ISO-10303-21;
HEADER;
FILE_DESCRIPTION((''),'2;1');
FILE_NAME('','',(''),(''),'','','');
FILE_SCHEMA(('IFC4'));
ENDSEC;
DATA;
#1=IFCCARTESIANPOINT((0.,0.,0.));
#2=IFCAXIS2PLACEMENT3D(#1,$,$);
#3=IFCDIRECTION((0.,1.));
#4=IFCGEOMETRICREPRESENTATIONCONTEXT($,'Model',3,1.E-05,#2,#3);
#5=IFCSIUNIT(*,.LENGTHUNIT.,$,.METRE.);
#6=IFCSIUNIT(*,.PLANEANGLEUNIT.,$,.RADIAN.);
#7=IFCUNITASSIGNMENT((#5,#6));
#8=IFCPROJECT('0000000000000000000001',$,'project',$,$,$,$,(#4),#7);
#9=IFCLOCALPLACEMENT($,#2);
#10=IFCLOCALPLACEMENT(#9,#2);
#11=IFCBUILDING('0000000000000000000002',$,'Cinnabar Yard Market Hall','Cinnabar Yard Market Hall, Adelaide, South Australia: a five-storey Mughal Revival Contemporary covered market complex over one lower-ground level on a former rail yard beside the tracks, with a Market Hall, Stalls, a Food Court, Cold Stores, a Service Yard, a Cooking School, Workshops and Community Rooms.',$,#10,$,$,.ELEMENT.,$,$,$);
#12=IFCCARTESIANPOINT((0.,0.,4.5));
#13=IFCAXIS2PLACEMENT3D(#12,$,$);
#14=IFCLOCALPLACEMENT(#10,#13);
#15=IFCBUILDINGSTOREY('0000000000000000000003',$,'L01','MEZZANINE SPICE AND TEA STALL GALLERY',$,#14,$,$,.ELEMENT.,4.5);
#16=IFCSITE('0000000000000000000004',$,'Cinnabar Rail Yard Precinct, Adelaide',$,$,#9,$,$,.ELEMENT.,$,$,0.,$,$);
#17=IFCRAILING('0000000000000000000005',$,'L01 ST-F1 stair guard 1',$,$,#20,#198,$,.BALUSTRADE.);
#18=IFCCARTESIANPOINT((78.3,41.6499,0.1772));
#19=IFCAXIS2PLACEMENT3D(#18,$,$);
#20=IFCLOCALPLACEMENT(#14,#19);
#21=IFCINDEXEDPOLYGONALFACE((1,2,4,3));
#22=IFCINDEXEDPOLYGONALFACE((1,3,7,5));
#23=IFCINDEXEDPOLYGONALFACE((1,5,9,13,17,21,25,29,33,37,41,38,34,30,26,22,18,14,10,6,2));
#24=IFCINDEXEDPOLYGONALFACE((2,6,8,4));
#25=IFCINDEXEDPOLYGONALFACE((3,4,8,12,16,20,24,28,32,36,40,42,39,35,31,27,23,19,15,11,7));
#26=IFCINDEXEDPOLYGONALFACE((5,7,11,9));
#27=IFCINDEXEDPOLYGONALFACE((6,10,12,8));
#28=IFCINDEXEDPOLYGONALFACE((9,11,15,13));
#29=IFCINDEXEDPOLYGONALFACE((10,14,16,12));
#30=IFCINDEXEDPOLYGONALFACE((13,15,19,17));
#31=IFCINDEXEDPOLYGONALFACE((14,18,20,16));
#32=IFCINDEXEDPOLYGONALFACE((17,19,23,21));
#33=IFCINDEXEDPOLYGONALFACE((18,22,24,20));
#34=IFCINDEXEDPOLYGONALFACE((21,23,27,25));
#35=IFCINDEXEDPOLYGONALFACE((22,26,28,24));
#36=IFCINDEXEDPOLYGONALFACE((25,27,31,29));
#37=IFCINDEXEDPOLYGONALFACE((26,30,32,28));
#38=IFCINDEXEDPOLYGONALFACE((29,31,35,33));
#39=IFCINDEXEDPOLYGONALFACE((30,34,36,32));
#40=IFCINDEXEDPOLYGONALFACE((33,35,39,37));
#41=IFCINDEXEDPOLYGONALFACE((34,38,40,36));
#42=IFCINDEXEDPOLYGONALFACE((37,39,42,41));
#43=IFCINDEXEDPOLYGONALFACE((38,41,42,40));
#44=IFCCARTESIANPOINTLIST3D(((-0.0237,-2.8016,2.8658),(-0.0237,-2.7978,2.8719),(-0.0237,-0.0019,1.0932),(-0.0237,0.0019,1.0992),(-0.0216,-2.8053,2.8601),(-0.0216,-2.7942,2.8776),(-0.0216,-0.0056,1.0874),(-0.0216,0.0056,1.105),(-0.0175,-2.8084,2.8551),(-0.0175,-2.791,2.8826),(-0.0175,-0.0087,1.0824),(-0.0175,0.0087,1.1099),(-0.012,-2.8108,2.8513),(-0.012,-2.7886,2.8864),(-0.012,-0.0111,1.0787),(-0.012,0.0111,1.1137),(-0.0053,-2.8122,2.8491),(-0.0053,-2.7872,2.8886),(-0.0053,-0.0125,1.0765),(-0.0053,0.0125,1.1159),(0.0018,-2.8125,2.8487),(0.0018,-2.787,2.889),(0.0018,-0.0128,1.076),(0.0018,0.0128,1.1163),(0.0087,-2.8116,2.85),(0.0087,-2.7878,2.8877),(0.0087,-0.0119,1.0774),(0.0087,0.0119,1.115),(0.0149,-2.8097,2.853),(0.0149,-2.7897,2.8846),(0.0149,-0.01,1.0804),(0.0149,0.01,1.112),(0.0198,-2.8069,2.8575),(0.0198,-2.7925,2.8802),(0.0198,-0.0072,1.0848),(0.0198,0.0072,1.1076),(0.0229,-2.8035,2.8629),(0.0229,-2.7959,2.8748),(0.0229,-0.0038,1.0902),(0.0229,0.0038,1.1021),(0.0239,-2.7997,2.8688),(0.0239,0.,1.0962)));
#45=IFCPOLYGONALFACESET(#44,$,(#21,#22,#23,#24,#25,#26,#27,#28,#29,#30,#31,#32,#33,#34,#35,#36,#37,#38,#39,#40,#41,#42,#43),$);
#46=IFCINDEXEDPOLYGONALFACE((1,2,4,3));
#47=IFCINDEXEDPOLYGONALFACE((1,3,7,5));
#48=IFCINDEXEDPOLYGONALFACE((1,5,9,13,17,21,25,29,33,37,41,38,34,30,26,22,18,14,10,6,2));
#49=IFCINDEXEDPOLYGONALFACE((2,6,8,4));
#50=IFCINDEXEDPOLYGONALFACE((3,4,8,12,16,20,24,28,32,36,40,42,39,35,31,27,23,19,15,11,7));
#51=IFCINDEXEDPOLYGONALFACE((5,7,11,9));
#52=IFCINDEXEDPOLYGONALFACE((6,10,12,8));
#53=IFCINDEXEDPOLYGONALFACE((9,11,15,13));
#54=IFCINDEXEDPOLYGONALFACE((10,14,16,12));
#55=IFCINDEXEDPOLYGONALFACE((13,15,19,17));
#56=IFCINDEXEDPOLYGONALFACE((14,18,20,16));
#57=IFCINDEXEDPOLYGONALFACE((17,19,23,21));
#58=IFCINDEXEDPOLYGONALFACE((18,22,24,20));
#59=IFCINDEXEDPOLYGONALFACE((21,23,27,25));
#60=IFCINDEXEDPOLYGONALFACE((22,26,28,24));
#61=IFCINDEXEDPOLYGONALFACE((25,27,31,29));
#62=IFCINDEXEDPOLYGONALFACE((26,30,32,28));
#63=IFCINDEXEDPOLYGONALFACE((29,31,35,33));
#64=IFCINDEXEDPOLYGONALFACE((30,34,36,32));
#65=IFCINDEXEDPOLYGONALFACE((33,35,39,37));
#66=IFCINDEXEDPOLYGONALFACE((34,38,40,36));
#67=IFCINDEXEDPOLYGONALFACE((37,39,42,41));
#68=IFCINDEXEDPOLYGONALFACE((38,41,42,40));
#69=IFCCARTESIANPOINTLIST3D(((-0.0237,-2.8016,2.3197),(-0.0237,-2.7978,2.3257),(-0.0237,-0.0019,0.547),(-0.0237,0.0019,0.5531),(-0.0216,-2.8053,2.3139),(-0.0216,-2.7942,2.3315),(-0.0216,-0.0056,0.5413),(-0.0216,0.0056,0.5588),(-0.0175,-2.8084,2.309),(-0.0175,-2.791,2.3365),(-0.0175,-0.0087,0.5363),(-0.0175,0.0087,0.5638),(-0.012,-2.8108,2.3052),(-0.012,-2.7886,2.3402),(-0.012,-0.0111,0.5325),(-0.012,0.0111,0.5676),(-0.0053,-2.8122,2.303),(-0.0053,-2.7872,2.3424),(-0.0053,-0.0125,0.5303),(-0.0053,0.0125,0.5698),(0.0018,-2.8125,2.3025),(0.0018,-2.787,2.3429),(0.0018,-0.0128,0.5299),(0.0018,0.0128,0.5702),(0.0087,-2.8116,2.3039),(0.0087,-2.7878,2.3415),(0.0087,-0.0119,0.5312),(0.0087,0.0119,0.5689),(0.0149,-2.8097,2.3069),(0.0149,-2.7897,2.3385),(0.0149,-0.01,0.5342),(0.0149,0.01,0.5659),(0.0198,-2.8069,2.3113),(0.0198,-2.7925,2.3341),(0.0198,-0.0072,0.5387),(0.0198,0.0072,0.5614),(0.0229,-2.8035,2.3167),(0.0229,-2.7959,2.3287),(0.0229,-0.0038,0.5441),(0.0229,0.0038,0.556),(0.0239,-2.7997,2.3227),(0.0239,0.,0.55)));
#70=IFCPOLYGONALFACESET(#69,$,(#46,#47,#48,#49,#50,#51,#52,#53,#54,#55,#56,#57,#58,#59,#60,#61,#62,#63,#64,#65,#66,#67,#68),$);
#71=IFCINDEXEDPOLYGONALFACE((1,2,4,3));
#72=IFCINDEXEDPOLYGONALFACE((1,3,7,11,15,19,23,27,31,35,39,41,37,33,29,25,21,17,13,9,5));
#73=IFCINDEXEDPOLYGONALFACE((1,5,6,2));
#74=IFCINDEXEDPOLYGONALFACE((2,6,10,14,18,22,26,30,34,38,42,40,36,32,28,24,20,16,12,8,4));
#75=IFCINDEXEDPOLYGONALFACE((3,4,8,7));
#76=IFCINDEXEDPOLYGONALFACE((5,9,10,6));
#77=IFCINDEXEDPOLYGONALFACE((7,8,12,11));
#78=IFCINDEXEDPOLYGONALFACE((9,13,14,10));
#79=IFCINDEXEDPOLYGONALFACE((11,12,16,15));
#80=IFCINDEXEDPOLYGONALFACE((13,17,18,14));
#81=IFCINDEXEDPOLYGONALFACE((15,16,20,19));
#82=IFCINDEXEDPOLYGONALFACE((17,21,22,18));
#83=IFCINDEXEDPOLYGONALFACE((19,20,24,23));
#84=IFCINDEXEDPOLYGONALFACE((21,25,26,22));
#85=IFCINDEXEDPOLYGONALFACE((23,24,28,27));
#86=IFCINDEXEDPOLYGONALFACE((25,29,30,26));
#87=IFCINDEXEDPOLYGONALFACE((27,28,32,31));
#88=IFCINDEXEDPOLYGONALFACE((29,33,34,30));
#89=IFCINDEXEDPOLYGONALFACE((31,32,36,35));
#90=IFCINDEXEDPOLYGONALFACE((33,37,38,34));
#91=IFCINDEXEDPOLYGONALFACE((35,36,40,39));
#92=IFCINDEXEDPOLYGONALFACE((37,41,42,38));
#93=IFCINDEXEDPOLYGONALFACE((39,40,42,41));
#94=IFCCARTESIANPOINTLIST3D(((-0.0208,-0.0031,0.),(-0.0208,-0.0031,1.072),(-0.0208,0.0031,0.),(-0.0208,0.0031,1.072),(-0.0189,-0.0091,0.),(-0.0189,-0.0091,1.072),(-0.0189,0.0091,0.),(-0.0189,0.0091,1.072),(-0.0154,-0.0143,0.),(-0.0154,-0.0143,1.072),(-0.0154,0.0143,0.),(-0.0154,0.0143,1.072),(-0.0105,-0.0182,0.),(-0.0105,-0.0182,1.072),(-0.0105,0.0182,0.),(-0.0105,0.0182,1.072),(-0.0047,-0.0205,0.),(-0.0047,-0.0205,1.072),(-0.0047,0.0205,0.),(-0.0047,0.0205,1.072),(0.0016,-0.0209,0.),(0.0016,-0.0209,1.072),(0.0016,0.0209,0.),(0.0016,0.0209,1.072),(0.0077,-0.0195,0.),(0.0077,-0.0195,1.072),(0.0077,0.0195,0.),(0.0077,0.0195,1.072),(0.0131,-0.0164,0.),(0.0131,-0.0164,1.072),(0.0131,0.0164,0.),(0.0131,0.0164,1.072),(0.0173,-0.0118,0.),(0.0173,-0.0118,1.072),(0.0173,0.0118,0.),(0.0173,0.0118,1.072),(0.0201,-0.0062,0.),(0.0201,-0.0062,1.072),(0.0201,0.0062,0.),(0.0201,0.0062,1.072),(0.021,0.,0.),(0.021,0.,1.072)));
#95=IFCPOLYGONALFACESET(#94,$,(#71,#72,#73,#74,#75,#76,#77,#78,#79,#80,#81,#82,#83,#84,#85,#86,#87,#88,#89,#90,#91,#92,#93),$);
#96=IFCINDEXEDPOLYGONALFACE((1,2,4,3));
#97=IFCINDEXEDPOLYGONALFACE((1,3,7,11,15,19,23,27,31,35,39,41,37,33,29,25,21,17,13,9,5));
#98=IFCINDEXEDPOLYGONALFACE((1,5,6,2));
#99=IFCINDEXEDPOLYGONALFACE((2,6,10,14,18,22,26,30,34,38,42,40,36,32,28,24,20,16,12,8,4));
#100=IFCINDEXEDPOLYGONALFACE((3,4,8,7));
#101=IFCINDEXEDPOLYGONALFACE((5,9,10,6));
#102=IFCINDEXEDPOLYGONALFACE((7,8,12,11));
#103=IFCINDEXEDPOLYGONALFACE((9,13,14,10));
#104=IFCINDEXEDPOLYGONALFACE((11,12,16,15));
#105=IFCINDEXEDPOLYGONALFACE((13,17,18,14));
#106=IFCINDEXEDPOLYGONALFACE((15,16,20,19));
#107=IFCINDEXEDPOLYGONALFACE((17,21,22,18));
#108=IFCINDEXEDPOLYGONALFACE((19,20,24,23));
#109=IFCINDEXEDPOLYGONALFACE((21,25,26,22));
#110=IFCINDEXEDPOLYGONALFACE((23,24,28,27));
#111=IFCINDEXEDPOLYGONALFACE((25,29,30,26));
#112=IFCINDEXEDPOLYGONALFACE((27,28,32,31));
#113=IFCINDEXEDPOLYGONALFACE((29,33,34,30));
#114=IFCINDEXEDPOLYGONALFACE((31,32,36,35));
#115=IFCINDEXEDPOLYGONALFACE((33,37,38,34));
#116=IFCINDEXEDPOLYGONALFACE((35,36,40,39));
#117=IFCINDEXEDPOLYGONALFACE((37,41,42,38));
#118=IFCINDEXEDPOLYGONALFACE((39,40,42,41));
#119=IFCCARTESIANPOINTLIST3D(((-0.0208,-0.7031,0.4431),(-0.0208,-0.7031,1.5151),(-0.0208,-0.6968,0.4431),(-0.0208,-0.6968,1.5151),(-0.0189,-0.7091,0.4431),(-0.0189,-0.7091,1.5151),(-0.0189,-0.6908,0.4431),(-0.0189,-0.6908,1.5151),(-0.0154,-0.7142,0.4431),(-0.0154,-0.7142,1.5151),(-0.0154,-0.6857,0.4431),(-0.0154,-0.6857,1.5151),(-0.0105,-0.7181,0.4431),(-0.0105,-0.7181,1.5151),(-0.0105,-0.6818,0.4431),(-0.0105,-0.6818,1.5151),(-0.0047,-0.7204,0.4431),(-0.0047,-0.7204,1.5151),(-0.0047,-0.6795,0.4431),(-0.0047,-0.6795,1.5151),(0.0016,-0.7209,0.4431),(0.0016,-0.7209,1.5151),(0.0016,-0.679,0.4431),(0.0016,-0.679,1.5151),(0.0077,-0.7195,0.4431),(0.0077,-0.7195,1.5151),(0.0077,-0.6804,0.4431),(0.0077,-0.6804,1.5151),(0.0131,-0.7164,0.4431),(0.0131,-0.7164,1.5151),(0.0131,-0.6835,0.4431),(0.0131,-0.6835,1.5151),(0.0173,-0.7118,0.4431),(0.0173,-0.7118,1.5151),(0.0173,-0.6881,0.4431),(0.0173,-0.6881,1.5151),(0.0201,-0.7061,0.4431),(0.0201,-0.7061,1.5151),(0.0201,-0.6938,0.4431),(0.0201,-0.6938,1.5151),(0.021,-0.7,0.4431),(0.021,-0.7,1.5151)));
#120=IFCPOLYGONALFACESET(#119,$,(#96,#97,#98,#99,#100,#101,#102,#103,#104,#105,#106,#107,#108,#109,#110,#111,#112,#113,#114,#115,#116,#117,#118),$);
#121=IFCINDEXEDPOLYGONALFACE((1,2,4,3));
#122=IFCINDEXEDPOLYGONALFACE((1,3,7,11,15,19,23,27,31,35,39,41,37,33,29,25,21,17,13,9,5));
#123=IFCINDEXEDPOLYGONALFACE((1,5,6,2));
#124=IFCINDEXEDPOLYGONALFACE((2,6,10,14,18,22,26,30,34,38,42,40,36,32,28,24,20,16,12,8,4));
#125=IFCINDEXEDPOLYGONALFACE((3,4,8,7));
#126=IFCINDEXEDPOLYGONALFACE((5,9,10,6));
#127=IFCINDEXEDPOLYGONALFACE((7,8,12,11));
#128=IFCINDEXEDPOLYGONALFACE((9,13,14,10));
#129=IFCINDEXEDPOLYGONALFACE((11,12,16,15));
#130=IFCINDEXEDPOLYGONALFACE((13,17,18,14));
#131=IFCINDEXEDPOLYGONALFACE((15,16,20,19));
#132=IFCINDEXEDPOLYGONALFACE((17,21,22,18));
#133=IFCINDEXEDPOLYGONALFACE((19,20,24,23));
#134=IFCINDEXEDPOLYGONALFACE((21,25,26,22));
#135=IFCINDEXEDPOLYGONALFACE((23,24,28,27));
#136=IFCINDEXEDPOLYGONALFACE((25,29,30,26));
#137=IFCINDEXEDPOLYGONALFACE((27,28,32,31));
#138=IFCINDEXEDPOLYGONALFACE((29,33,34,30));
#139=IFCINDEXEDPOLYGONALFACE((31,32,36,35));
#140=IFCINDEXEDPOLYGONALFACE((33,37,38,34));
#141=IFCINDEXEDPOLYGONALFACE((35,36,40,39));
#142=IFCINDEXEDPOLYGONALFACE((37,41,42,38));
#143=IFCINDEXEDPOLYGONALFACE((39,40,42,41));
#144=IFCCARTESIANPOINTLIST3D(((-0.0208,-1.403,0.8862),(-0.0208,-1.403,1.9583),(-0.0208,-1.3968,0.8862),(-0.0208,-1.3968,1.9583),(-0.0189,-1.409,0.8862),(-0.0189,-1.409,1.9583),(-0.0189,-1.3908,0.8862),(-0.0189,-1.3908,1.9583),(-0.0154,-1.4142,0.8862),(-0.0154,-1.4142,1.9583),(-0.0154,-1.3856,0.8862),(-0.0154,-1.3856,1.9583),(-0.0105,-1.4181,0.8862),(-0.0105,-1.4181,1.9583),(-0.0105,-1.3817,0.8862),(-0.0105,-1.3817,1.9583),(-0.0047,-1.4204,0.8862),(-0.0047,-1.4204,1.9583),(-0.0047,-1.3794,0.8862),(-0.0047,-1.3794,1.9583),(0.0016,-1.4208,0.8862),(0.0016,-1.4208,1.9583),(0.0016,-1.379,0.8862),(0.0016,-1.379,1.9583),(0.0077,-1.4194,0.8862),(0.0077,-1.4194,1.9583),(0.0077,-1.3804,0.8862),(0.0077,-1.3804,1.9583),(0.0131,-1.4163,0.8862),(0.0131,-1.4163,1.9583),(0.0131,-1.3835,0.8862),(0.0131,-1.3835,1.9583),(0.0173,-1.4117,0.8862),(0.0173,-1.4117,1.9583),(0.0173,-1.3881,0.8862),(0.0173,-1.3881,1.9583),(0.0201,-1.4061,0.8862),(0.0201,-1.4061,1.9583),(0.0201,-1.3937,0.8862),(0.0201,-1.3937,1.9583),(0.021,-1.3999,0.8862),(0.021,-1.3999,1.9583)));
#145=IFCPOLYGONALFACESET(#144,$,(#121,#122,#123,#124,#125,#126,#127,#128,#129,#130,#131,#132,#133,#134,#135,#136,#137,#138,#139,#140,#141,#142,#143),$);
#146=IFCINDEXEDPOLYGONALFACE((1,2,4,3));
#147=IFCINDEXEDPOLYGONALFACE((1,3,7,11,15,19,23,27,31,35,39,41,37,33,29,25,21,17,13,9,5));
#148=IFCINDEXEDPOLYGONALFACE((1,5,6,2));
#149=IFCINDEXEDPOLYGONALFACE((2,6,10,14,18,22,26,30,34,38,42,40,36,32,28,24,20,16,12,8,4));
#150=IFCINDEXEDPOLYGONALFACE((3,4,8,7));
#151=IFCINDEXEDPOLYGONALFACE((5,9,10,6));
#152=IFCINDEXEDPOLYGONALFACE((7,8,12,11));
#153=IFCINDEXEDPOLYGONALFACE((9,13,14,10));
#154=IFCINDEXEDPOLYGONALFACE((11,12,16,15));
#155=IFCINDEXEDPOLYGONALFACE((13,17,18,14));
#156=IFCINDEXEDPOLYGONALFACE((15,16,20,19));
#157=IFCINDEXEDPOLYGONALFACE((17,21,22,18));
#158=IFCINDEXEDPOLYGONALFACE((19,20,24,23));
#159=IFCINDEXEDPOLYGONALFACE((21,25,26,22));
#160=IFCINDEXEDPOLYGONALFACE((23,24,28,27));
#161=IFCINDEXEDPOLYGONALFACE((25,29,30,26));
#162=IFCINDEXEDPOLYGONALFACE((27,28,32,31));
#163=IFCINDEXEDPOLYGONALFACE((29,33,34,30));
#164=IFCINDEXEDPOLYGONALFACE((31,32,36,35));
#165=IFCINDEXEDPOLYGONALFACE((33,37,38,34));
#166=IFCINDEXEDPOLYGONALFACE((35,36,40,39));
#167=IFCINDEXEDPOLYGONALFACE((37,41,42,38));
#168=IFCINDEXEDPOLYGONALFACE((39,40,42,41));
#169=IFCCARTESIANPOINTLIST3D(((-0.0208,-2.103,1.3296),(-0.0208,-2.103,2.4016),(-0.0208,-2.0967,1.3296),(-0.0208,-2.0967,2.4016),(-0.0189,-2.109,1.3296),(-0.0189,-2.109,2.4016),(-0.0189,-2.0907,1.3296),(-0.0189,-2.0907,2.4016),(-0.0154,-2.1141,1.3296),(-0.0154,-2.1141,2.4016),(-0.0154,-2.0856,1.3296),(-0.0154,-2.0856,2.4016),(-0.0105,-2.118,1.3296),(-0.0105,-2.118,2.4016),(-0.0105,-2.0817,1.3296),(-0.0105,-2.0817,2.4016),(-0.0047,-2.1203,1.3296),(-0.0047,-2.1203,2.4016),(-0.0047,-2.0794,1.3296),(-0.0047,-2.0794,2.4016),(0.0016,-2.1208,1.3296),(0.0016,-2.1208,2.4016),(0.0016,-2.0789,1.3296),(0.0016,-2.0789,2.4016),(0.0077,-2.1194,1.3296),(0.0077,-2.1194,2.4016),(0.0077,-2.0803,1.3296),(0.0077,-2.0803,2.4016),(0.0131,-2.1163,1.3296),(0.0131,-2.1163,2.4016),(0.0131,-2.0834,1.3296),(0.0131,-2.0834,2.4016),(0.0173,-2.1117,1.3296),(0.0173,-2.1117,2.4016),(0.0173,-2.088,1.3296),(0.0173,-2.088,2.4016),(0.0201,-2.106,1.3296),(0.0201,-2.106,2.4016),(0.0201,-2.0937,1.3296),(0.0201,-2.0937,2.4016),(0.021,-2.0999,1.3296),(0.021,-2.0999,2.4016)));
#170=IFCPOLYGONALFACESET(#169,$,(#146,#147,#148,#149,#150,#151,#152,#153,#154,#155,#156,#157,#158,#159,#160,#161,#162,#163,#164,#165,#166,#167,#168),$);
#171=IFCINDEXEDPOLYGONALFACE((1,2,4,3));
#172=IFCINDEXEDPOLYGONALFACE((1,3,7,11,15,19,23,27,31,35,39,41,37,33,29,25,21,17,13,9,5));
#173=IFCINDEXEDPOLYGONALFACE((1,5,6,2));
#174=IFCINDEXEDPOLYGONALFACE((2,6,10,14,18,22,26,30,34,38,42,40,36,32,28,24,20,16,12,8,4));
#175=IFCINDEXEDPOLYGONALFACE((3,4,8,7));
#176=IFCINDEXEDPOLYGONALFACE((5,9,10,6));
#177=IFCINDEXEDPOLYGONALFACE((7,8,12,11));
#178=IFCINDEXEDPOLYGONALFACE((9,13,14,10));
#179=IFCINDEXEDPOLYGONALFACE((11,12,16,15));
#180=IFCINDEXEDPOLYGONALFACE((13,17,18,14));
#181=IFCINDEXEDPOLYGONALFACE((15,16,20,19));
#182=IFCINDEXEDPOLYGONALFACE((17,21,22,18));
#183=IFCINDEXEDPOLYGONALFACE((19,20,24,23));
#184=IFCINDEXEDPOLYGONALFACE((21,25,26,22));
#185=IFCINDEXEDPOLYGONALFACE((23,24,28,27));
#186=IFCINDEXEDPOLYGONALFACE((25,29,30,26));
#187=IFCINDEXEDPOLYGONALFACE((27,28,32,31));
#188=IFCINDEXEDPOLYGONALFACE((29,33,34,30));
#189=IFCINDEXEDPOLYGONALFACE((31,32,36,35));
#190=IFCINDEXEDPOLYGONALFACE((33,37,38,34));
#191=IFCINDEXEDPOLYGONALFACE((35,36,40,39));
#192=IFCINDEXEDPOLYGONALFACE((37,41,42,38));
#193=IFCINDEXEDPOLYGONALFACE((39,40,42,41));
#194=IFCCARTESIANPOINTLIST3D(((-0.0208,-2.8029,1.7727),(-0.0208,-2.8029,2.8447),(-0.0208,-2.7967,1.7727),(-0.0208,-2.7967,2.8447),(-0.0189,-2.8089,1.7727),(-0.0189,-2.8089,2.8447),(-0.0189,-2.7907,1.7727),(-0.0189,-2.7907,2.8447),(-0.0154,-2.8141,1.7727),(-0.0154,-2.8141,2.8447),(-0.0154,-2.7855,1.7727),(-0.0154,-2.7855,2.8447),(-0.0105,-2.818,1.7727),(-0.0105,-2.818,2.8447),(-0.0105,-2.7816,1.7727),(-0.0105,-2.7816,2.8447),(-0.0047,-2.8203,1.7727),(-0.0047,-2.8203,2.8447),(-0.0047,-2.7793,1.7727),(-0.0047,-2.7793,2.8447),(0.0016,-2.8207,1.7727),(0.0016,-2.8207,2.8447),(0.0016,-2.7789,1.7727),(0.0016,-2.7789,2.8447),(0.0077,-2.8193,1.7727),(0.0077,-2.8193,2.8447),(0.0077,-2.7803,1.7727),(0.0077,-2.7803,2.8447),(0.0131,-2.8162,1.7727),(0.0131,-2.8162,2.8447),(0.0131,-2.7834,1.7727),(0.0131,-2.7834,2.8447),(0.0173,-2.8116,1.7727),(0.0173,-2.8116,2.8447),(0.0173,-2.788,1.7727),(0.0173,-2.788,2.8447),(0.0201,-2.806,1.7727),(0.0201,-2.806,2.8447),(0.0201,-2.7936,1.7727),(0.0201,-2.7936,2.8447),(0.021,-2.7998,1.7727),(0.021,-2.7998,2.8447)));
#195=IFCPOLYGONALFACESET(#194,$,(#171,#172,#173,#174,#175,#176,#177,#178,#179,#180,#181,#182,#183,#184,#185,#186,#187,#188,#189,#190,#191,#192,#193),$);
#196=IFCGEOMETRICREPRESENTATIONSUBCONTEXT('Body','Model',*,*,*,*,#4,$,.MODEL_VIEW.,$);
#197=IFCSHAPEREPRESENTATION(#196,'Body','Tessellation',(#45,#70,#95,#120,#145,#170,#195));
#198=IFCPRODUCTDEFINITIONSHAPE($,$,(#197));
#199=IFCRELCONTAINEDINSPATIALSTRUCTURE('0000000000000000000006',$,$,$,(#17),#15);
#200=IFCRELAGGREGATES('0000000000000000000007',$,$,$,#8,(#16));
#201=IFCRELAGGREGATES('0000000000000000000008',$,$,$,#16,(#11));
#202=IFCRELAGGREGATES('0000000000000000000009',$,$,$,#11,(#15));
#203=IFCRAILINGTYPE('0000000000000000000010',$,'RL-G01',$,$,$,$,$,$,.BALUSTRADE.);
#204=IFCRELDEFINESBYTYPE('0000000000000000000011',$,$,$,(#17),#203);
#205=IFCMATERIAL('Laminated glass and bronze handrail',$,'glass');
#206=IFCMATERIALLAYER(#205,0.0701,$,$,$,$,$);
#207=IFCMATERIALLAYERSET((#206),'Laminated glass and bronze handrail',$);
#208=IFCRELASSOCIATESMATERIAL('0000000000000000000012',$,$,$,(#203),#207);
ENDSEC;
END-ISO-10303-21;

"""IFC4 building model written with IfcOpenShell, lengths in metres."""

from ifc_helpers import new_model, si_unit, direction, frame, origin, origin_2d_with_axis, place, context, subcontext, project, spatial, circle, extrude, material, layer, layer_set, type_object, element, save


model = new_model("IFC4")

# Units and contexts
model_context = context("Model", 3, precision=1e-05, world=origin(), true_north=direction((0.0, 1.0)))
body_context = subcontext(model_context, "Body", "Model", "MODEL_VIEW")
ifc_project = project(units=[si_unit("LENGTHUNIT", "METRE"), si_unit("PLANEANGLEUNIT", "RADIAN")], contexts=[model_context])

# Site, building, storey
site_placement = place(None, origin())
site = spatial("IfcSite", under=ifc_project, at=site_placement, Name="Cinnabar Rail Yard Precinct, Adelaide", CompositionType="ELEMENT", RefElevation=0.0)
building_placement = place(site_placement, origin())
building = spatial("IfcBuilding", under=site, at=building_placement, Name="Cinnabar Yard Market Hall", Description="Cinnabar Yard Market Hall, Adelaide, South Australia: a five-storey Mughal Revival Contemporary covered market complex over one lower-ground level on a former rail yard beside the tracks, with a Market Hall, Stalls, a Food Court, Cold Stores, a Service Yard, a Cooking School, Workshops and Community Rooms.", CompositionType="ELEMENT")
storey_placement = place(building_placement, frame((0.0, 0.0, 4.5)))
storey = spatial("IfcBuildingStorey", under=building, at=storey_placement, Name="L01", Description="MEZZANINE SPICE AND TEA STALL GALLERY", CompositionType="ELEMENT", Elevation=4.5)

# Railing
ifc_material_1 = material(Name="Laminated glass and bronze handrail", Category="glass")
ifc_layer_1 = layer(ifc_material_1, 0.0701)
ifc_layer_set_1 = layer_set([ifc_layer_1], Name="Laminated glass and bronze handrail")
railing_type_1 = type_object("IfcRailingType", Name="RL-G01", PredefinedType="BALUSTRADE", material=ifc_layer_set_1)
railing_1_placement = place(storey_placement, frame((78.3, 41.6499, 0.1772)))
element("IfcRailing", 1, at=railing_1_placement, inside=storey, type_object=railing_type_1, Name="L01 ST-F1 stair guard 1", PredefinedType="BALUSTRADE", context=body_context, shape_type="SweptSolid", body=[
    extrude(circle(Radius=0.0239, at=origin_2d_with_axis()), frame((0.0, 0.0, 1.0962), z_axis=(0.0, -0.844888, 0.534943), x_axis=(1.0, 0.0, 0.0)), (0.0, 0.0, 1.0), 3.3137),
    extrude(circle(Radius=0.0239, at=origin_2d_with_axis()), frame((0.0, 0.0, 0.55), z_axis=(0.0, -0.844888, 0.534943), x_axis=(1.0, 0.0, 0.0)), (0.0, 0.0, 1.0), 3.3137),
    extrude(circle(Radius=0.021, at=origin_2d_with_axis()), origin(), (0.0, 0.0, 1.0), 1.072),
    extrude(circle(Radius=0.021, at=origin_2d_with_axis()), frame((0.0, -0.7, 0.4431)), (0.0, 0.0, 1.0), 1.072),
    extrude(circle(Radius=0.021, at=origin_2d_with_axis()), frame((0.0, -1.3999, 0.8862)), (0.0, 0.0, 1.0), 1.072),
    extrude(circle(Radius=0.021, at=origin_2d_with_axis()), frame((0.0, -2.0999, 1.3296)), (0.0, 0.0, 1.0), 1.072),
    extrude(circle(Radius=0.021, at=origin_2d_with_axis()), frame((0.0, -2.7998, 1.7727)), (0.0, 0.0, 1.0), 1.072),
])

save(model, "model.ifc")
